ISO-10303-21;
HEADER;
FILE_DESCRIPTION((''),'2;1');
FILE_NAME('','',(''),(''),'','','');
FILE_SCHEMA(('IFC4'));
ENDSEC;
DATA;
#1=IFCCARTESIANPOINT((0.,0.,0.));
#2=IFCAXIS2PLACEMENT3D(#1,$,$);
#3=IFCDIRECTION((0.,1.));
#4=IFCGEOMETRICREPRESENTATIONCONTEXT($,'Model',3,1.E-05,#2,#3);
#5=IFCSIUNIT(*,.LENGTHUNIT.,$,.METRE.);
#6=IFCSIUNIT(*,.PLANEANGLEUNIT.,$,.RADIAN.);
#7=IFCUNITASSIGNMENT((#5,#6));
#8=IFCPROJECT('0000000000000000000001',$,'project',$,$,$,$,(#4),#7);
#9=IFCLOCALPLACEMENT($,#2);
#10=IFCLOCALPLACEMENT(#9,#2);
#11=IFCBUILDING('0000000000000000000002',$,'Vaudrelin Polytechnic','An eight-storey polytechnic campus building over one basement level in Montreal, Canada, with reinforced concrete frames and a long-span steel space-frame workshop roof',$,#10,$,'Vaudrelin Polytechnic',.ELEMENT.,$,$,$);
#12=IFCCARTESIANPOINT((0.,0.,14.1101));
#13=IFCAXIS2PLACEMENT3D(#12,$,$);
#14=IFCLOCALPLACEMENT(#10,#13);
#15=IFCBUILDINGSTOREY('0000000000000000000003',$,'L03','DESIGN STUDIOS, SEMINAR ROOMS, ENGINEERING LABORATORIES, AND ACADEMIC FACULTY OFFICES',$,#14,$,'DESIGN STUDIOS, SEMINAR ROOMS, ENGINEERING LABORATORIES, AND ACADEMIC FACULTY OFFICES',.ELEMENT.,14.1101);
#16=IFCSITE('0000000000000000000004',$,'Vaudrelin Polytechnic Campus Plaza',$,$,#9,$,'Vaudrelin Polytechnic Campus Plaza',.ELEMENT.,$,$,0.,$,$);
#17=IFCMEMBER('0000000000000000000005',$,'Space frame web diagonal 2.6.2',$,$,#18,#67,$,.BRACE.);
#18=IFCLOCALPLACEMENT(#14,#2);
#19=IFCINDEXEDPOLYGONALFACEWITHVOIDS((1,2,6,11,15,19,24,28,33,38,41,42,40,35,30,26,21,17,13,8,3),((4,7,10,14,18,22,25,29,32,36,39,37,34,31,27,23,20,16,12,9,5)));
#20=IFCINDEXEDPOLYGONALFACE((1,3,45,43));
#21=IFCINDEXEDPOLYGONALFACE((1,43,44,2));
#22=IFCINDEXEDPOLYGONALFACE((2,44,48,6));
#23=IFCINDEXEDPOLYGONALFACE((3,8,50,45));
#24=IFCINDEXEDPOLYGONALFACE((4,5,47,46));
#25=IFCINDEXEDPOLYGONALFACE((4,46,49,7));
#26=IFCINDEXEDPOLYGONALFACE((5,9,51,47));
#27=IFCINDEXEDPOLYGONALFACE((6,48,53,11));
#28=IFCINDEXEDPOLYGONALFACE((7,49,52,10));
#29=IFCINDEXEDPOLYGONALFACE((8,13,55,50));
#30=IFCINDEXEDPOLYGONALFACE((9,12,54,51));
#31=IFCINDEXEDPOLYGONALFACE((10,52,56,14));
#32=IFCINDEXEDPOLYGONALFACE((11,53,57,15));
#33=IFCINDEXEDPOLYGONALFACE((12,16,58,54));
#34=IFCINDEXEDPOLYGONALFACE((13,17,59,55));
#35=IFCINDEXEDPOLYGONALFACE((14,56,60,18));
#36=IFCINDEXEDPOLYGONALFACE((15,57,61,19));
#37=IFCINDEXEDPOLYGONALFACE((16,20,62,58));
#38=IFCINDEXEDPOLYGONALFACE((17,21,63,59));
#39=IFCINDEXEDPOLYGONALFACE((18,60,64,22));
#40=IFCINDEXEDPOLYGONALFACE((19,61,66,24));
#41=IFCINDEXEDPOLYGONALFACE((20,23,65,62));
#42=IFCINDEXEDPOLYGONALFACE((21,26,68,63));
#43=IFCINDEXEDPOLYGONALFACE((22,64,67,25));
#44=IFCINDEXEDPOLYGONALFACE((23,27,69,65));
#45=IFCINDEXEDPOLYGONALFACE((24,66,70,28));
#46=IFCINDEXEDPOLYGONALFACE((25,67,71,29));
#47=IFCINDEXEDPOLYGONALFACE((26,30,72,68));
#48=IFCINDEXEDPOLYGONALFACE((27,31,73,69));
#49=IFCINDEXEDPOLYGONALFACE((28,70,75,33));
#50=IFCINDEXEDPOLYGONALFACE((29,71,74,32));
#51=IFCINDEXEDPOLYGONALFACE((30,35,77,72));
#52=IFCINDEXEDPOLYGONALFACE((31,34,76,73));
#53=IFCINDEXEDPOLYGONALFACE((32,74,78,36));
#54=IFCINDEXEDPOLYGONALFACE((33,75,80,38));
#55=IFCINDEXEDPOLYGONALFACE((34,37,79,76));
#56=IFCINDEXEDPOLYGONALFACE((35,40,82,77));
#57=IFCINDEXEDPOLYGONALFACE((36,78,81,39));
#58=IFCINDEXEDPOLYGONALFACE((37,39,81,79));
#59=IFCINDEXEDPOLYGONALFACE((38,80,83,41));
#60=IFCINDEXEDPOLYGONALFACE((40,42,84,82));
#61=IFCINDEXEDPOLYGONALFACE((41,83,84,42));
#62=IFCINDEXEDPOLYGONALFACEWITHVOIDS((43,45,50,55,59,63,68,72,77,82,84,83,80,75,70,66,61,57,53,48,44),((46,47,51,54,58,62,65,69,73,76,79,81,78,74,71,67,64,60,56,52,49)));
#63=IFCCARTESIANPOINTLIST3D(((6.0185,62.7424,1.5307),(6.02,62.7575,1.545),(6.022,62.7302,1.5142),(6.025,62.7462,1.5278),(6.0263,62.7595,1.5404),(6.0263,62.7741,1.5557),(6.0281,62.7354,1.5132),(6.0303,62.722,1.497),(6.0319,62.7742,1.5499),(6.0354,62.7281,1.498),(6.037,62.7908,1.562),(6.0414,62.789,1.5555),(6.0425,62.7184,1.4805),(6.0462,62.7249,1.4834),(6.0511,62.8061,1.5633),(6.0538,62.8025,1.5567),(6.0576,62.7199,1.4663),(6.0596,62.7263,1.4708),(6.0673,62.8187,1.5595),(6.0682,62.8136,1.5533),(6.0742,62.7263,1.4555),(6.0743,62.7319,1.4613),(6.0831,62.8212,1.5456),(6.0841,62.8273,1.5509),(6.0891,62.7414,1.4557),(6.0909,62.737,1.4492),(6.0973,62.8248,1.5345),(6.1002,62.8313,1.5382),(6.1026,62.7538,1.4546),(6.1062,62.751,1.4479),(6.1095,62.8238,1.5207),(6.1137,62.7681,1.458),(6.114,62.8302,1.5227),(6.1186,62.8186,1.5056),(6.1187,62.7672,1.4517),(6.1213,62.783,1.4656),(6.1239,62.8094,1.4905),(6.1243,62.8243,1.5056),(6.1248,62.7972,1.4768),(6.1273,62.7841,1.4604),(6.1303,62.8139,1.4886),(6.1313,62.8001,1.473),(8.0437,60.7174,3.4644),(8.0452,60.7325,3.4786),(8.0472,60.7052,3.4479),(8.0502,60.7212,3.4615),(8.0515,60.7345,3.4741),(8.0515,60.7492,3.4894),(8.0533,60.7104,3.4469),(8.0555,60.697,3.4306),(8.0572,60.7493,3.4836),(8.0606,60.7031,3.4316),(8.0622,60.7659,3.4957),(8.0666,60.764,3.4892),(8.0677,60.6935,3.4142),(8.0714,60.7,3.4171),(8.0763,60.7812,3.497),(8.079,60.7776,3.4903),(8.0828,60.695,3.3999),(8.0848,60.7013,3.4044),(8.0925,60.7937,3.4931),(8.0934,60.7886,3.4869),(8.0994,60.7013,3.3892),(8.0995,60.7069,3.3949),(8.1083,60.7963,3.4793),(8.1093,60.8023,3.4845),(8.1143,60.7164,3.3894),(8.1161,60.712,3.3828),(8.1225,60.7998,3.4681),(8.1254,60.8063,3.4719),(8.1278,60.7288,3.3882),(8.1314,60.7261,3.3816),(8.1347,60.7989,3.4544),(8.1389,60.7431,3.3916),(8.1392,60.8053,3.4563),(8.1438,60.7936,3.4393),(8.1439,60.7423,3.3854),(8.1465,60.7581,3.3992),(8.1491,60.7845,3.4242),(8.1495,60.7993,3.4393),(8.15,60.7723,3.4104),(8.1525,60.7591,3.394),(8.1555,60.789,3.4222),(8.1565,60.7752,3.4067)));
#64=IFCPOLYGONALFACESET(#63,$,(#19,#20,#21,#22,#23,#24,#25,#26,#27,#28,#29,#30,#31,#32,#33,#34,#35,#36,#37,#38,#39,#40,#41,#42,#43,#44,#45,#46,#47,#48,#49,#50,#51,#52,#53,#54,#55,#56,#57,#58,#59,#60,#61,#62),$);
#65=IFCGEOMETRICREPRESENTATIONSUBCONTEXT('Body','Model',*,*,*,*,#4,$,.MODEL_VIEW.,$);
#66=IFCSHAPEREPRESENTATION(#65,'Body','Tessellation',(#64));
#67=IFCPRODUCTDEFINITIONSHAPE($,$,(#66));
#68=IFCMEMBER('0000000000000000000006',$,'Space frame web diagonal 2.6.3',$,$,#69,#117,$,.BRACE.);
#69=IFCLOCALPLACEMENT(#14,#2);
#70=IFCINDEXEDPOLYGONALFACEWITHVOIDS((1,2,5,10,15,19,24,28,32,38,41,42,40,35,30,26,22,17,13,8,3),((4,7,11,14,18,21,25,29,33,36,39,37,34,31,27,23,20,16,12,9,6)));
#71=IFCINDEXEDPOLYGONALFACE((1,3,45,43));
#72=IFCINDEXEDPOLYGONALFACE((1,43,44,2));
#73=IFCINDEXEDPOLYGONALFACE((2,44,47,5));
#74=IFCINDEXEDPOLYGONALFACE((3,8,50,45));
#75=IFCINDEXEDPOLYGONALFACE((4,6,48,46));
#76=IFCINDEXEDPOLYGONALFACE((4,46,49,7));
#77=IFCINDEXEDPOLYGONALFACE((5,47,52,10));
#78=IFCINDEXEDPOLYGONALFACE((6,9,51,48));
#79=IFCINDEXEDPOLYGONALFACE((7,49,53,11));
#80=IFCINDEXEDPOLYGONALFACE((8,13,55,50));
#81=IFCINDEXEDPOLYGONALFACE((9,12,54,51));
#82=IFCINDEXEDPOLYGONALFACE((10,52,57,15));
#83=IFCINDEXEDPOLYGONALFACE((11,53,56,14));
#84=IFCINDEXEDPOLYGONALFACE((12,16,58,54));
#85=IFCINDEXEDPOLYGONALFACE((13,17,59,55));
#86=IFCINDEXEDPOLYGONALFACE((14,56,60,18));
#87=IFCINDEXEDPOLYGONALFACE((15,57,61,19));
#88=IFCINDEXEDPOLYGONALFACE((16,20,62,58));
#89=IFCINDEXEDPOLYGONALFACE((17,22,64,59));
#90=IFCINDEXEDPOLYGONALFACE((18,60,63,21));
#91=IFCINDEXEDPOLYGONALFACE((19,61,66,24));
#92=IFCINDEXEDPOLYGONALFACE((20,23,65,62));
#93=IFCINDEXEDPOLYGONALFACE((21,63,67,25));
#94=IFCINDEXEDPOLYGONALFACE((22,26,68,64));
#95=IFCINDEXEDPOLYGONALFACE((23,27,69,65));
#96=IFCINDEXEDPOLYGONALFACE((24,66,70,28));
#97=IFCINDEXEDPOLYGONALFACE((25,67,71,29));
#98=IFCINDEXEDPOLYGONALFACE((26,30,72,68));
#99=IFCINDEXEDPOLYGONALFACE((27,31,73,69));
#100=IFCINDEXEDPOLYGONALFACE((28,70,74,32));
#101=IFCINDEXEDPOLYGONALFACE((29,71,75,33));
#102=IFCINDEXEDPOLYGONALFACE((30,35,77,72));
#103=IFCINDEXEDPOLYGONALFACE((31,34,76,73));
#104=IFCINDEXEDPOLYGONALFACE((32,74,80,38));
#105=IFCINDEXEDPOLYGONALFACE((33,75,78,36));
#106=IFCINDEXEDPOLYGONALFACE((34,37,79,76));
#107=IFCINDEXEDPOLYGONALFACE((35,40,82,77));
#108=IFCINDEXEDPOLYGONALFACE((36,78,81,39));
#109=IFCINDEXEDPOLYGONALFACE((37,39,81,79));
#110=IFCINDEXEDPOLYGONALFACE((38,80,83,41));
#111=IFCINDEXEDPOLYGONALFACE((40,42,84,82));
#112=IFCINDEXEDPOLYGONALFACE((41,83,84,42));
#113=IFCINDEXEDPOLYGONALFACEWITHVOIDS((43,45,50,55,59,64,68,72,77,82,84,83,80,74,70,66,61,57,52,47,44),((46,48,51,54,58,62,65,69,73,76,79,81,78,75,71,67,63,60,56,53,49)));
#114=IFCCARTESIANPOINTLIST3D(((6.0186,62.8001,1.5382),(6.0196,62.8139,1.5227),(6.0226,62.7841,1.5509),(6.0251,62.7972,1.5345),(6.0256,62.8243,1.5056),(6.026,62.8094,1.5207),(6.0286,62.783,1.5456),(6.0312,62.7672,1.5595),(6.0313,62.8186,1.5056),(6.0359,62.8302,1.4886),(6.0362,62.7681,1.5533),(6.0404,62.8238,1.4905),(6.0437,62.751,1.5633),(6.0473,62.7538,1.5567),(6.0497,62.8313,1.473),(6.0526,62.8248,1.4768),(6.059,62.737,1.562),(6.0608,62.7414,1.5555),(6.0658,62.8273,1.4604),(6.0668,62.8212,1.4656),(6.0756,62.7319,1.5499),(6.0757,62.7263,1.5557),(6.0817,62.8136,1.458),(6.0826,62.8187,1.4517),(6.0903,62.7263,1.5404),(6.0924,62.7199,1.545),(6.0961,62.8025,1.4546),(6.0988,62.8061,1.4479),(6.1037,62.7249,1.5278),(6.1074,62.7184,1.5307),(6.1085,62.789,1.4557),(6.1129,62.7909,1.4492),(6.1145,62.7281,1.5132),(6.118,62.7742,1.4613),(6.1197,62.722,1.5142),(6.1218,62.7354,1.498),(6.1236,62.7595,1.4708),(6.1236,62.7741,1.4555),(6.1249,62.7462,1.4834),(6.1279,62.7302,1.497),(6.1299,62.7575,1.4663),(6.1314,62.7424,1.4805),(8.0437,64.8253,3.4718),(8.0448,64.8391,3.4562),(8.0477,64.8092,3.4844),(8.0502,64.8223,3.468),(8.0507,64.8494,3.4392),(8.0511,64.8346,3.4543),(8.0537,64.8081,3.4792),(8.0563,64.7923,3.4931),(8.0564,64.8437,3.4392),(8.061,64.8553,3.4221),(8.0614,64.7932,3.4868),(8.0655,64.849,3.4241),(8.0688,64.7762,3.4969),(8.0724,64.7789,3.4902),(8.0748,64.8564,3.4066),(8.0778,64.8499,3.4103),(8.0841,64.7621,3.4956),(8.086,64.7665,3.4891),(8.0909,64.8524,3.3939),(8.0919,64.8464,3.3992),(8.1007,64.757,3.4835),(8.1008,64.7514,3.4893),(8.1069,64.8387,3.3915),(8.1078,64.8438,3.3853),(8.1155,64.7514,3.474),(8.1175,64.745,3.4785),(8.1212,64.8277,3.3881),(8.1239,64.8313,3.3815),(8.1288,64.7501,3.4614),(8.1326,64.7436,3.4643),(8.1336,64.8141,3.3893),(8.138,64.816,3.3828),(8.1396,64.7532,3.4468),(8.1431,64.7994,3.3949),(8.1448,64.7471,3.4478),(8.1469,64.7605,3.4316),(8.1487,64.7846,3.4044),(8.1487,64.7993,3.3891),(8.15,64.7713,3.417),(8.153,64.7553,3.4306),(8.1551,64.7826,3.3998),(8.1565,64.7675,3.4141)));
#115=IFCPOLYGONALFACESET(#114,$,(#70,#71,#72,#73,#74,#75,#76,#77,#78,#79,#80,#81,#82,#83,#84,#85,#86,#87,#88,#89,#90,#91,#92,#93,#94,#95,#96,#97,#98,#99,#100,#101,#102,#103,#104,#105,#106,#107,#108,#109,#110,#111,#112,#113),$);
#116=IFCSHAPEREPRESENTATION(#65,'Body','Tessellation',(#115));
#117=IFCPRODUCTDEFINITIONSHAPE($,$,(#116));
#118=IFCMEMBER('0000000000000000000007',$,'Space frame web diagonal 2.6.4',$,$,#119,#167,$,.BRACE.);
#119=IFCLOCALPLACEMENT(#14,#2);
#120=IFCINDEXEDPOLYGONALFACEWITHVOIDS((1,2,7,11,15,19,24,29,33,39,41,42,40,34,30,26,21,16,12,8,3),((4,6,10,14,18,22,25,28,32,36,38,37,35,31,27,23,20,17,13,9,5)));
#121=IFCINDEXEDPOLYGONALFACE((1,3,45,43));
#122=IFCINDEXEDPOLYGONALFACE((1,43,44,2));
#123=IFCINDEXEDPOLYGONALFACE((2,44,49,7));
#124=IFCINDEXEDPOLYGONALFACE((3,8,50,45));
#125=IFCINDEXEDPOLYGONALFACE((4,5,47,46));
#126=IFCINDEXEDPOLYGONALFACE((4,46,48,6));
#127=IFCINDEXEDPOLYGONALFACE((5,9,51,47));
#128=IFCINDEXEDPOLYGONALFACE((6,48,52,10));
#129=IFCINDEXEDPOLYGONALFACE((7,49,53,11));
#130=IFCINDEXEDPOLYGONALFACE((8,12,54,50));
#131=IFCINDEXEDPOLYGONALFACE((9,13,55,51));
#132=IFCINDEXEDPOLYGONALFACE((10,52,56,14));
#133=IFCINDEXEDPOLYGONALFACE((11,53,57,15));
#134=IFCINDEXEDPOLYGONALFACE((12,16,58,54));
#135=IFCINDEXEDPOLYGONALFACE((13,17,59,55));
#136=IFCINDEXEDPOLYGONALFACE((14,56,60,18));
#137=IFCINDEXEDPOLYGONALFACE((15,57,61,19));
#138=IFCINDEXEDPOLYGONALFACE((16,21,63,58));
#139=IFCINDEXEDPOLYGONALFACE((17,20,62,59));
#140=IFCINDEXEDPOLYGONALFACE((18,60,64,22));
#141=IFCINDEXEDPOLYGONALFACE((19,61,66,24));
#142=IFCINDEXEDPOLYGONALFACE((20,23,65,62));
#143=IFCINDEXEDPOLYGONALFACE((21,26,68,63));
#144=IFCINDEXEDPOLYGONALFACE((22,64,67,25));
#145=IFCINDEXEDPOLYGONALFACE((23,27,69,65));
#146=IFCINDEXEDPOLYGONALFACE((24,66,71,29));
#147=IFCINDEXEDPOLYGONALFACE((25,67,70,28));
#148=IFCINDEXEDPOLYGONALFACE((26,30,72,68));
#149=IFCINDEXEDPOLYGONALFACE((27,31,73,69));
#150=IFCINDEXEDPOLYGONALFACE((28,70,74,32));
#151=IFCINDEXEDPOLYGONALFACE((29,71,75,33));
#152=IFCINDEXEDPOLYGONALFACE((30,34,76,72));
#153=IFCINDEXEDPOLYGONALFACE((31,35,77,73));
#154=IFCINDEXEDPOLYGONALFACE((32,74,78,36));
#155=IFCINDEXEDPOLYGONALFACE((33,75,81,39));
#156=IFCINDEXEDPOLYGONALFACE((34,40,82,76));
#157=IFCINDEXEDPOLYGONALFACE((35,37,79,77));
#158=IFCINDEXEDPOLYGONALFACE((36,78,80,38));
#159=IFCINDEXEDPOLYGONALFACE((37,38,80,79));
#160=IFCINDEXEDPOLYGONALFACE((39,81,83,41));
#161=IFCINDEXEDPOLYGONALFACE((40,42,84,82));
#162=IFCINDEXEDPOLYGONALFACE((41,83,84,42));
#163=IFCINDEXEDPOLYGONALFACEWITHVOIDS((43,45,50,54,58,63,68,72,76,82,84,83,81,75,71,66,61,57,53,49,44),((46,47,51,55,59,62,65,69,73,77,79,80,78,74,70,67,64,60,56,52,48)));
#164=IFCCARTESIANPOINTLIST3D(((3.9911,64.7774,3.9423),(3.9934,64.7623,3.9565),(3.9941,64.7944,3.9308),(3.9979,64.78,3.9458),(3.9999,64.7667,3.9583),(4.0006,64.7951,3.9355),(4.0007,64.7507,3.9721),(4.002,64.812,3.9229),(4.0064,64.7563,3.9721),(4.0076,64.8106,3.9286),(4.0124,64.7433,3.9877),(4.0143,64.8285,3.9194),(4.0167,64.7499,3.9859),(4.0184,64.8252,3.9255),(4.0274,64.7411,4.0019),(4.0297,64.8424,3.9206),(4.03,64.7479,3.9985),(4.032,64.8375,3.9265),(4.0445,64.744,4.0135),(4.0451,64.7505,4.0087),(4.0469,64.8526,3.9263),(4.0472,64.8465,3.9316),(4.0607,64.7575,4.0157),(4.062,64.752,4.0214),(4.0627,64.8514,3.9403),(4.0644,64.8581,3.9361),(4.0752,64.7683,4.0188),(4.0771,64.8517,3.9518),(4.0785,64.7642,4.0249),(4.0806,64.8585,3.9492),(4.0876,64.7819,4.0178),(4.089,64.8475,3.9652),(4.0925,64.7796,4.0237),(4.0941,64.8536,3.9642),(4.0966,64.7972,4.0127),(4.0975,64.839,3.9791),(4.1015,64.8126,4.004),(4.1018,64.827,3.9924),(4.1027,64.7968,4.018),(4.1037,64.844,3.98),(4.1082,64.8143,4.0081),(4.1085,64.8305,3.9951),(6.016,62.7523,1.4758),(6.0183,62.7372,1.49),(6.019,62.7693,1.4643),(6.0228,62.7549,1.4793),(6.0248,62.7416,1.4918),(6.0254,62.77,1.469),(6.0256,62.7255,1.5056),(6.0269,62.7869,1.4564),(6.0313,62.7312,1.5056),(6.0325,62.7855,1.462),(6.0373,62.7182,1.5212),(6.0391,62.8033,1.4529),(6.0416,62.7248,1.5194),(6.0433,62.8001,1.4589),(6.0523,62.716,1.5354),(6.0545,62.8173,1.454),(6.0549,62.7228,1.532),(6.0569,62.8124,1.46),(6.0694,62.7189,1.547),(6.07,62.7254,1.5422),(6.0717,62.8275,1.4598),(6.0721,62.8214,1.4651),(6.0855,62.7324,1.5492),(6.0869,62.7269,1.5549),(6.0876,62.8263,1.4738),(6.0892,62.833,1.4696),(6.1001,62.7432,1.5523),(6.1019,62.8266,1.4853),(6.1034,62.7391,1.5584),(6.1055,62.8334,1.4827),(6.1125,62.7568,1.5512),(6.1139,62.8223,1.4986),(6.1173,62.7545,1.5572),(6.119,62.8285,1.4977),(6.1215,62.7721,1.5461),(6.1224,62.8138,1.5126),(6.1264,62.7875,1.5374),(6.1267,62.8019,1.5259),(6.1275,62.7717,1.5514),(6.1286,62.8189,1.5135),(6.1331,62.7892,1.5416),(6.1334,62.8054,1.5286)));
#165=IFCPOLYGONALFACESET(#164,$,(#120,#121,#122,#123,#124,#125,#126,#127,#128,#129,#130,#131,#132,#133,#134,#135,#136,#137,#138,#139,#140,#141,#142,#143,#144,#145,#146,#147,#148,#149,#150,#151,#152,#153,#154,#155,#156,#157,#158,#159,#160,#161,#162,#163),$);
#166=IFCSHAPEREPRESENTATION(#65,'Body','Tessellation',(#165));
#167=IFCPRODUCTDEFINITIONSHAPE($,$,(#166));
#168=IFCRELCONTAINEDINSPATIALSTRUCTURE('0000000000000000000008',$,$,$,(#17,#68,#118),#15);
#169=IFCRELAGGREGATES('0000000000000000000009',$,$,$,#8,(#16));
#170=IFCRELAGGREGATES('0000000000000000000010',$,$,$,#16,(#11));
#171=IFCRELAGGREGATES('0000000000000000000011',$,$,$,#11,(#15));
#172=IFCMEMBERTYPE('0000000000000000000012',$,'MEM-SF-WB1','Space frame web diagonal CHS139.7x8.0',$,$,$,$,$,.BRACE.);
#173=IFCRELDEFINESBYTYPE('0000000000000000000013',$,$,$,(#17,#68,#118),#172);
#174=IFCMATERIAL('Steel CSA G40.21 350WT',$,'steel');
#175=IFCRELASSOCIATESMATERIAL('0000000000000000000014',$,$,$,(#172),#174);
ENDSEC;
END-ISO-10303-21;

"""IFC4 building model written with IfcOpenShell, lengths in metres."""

from ifc_helpers import new_model, si_unit, direction, frame, origin, origin_2d, place, context, subcontext, project, spatial, hollow_circle, extrude, material, material_profile, profile_set, type_object, element, save


model = new_model("IFC4")

# Units and contexts
model_context = context("Model", 3, precision=1e-05, world=origin(), true_north=direction((0.0, 1.0)))
body_context = subcontext(model_context, "Body", "Model", "MODEL_VIEW")
ifc_project = project(units=[si_unit("LENGTHUNIT", "METRE"), si_unit("PLANEANGLEUNIT", "RADIAN")], contexts=[model_context])

# Site, building, storey
site_placement = place(None, origin())
site = spatial("IfcSite", under=ifc_project, at=site_placement, Name="Vaudrelin Polytechnic Campus Plaza", LongName="Vaudrelin Polytechnic Campus Plaza", CompositionType="ELEMENT", RefElevation=0.0)
building_placement = place(site_placement, origin())
building = spatial("IfcBuilding", under=site, at=building_placement, Name="Vaudrelin Polytechnic", Description="An eight-storey polytechnic campus building over one basement level in Montreal, Canada, with reinforced concrete frames and a long-span steel space-frame workshop roof", LongName="Vaudrelin Polytechnic", CompositionType="ELEMENT")
storey_placement = place(building_placement, frame((0.0, 0.0, 14.1101)))
storey = spatial("IfcBuildingStorey", under=building, at=storey_placement, Name="L03", Description="DESIGN STUDIOS, SEMINAR ROOMS, ENGINEERING LABORATORIES, AND ACADEMIC FACULTY OFFICES", LongName="DESIGN STUDIOS, SEMINAR ROOMS, ENGINEERING LABORATORIES, AND ACADEMIC FACULTY OFFICES", CompositionType="ELEMENT", Elevation=14.1101)

# Members
ifc_material = material(Name="Steel CSA G40.21 350WT", Category="steel")
ifc_material_profile_1 = material_profile(ifc_material, hollow_circle(Radius=0.0698, WallThickness=0.0081, at=origin_2d()), Name="CHS139.7x8.0")
ifc_profile_set_1 = profile_set([ifc_material_profile_1], Name="Steel CSA G40.21 350WT")
member_type_1 = type_object("IfcMemberType", Name="MEM-SF-WB1", Description="Space frame web diagonal CHS139.7x8.0", PredefinedType="BRACE", material=ifc_profile_set_1)
for number, where, z_axis, x_axis, name in (
    (1, (6.075, 62.7749, 1.5056), (0.586071, -0.586, 0.559576), (0.707064, 0.707149, 0.0), "Space frame web diagonal 2.6.2"),
    (2, (6.075, 62.7749, 1.5056), (0.586046, 0.586046, 0.559553), (-0.707107, 0.707107, 0.0), "Space frame web diagonal 2.6.3"),
):
    element("IfcMember", number, at=place(storey_placement, frame(where, z_axis=z_axis, x_axis=x_axis)), inside=storey, type_object=member_type_1, Name=name, PredefinedType="BRACE", context=body_context, shape_type="SweptSolid", body=[
        extrude(hollow_circle(Radius=0.0698, WallThickness=0.0081, at=origin_2d()), origin(), (0.0, 0.0, 1.0), 3.4556),
    ])
member_1_placement = place(storey_placement, frame((6.075, 62.7749, 1.5056), z_axis=(-0.535746, 0.535811, 0.652597), x_axis=(-0.707149, -0.707064, 0.0)))
element("IfcMember", 3, at=member_1_placement, inside=storey, type_object=member_type_1, Name="Space frame web diagonal 2.6.4", PredefinedType="BRACE", context=body_context, shape_type="SweptSolid", body=[
    extrude(hollow_circle(Radius=0.0698, WallThickness=0.0081, at=origin_2d()), origin(), (0.0, 0.0, 1.0), 3.7795),
])

save(model, "model.ifc")
